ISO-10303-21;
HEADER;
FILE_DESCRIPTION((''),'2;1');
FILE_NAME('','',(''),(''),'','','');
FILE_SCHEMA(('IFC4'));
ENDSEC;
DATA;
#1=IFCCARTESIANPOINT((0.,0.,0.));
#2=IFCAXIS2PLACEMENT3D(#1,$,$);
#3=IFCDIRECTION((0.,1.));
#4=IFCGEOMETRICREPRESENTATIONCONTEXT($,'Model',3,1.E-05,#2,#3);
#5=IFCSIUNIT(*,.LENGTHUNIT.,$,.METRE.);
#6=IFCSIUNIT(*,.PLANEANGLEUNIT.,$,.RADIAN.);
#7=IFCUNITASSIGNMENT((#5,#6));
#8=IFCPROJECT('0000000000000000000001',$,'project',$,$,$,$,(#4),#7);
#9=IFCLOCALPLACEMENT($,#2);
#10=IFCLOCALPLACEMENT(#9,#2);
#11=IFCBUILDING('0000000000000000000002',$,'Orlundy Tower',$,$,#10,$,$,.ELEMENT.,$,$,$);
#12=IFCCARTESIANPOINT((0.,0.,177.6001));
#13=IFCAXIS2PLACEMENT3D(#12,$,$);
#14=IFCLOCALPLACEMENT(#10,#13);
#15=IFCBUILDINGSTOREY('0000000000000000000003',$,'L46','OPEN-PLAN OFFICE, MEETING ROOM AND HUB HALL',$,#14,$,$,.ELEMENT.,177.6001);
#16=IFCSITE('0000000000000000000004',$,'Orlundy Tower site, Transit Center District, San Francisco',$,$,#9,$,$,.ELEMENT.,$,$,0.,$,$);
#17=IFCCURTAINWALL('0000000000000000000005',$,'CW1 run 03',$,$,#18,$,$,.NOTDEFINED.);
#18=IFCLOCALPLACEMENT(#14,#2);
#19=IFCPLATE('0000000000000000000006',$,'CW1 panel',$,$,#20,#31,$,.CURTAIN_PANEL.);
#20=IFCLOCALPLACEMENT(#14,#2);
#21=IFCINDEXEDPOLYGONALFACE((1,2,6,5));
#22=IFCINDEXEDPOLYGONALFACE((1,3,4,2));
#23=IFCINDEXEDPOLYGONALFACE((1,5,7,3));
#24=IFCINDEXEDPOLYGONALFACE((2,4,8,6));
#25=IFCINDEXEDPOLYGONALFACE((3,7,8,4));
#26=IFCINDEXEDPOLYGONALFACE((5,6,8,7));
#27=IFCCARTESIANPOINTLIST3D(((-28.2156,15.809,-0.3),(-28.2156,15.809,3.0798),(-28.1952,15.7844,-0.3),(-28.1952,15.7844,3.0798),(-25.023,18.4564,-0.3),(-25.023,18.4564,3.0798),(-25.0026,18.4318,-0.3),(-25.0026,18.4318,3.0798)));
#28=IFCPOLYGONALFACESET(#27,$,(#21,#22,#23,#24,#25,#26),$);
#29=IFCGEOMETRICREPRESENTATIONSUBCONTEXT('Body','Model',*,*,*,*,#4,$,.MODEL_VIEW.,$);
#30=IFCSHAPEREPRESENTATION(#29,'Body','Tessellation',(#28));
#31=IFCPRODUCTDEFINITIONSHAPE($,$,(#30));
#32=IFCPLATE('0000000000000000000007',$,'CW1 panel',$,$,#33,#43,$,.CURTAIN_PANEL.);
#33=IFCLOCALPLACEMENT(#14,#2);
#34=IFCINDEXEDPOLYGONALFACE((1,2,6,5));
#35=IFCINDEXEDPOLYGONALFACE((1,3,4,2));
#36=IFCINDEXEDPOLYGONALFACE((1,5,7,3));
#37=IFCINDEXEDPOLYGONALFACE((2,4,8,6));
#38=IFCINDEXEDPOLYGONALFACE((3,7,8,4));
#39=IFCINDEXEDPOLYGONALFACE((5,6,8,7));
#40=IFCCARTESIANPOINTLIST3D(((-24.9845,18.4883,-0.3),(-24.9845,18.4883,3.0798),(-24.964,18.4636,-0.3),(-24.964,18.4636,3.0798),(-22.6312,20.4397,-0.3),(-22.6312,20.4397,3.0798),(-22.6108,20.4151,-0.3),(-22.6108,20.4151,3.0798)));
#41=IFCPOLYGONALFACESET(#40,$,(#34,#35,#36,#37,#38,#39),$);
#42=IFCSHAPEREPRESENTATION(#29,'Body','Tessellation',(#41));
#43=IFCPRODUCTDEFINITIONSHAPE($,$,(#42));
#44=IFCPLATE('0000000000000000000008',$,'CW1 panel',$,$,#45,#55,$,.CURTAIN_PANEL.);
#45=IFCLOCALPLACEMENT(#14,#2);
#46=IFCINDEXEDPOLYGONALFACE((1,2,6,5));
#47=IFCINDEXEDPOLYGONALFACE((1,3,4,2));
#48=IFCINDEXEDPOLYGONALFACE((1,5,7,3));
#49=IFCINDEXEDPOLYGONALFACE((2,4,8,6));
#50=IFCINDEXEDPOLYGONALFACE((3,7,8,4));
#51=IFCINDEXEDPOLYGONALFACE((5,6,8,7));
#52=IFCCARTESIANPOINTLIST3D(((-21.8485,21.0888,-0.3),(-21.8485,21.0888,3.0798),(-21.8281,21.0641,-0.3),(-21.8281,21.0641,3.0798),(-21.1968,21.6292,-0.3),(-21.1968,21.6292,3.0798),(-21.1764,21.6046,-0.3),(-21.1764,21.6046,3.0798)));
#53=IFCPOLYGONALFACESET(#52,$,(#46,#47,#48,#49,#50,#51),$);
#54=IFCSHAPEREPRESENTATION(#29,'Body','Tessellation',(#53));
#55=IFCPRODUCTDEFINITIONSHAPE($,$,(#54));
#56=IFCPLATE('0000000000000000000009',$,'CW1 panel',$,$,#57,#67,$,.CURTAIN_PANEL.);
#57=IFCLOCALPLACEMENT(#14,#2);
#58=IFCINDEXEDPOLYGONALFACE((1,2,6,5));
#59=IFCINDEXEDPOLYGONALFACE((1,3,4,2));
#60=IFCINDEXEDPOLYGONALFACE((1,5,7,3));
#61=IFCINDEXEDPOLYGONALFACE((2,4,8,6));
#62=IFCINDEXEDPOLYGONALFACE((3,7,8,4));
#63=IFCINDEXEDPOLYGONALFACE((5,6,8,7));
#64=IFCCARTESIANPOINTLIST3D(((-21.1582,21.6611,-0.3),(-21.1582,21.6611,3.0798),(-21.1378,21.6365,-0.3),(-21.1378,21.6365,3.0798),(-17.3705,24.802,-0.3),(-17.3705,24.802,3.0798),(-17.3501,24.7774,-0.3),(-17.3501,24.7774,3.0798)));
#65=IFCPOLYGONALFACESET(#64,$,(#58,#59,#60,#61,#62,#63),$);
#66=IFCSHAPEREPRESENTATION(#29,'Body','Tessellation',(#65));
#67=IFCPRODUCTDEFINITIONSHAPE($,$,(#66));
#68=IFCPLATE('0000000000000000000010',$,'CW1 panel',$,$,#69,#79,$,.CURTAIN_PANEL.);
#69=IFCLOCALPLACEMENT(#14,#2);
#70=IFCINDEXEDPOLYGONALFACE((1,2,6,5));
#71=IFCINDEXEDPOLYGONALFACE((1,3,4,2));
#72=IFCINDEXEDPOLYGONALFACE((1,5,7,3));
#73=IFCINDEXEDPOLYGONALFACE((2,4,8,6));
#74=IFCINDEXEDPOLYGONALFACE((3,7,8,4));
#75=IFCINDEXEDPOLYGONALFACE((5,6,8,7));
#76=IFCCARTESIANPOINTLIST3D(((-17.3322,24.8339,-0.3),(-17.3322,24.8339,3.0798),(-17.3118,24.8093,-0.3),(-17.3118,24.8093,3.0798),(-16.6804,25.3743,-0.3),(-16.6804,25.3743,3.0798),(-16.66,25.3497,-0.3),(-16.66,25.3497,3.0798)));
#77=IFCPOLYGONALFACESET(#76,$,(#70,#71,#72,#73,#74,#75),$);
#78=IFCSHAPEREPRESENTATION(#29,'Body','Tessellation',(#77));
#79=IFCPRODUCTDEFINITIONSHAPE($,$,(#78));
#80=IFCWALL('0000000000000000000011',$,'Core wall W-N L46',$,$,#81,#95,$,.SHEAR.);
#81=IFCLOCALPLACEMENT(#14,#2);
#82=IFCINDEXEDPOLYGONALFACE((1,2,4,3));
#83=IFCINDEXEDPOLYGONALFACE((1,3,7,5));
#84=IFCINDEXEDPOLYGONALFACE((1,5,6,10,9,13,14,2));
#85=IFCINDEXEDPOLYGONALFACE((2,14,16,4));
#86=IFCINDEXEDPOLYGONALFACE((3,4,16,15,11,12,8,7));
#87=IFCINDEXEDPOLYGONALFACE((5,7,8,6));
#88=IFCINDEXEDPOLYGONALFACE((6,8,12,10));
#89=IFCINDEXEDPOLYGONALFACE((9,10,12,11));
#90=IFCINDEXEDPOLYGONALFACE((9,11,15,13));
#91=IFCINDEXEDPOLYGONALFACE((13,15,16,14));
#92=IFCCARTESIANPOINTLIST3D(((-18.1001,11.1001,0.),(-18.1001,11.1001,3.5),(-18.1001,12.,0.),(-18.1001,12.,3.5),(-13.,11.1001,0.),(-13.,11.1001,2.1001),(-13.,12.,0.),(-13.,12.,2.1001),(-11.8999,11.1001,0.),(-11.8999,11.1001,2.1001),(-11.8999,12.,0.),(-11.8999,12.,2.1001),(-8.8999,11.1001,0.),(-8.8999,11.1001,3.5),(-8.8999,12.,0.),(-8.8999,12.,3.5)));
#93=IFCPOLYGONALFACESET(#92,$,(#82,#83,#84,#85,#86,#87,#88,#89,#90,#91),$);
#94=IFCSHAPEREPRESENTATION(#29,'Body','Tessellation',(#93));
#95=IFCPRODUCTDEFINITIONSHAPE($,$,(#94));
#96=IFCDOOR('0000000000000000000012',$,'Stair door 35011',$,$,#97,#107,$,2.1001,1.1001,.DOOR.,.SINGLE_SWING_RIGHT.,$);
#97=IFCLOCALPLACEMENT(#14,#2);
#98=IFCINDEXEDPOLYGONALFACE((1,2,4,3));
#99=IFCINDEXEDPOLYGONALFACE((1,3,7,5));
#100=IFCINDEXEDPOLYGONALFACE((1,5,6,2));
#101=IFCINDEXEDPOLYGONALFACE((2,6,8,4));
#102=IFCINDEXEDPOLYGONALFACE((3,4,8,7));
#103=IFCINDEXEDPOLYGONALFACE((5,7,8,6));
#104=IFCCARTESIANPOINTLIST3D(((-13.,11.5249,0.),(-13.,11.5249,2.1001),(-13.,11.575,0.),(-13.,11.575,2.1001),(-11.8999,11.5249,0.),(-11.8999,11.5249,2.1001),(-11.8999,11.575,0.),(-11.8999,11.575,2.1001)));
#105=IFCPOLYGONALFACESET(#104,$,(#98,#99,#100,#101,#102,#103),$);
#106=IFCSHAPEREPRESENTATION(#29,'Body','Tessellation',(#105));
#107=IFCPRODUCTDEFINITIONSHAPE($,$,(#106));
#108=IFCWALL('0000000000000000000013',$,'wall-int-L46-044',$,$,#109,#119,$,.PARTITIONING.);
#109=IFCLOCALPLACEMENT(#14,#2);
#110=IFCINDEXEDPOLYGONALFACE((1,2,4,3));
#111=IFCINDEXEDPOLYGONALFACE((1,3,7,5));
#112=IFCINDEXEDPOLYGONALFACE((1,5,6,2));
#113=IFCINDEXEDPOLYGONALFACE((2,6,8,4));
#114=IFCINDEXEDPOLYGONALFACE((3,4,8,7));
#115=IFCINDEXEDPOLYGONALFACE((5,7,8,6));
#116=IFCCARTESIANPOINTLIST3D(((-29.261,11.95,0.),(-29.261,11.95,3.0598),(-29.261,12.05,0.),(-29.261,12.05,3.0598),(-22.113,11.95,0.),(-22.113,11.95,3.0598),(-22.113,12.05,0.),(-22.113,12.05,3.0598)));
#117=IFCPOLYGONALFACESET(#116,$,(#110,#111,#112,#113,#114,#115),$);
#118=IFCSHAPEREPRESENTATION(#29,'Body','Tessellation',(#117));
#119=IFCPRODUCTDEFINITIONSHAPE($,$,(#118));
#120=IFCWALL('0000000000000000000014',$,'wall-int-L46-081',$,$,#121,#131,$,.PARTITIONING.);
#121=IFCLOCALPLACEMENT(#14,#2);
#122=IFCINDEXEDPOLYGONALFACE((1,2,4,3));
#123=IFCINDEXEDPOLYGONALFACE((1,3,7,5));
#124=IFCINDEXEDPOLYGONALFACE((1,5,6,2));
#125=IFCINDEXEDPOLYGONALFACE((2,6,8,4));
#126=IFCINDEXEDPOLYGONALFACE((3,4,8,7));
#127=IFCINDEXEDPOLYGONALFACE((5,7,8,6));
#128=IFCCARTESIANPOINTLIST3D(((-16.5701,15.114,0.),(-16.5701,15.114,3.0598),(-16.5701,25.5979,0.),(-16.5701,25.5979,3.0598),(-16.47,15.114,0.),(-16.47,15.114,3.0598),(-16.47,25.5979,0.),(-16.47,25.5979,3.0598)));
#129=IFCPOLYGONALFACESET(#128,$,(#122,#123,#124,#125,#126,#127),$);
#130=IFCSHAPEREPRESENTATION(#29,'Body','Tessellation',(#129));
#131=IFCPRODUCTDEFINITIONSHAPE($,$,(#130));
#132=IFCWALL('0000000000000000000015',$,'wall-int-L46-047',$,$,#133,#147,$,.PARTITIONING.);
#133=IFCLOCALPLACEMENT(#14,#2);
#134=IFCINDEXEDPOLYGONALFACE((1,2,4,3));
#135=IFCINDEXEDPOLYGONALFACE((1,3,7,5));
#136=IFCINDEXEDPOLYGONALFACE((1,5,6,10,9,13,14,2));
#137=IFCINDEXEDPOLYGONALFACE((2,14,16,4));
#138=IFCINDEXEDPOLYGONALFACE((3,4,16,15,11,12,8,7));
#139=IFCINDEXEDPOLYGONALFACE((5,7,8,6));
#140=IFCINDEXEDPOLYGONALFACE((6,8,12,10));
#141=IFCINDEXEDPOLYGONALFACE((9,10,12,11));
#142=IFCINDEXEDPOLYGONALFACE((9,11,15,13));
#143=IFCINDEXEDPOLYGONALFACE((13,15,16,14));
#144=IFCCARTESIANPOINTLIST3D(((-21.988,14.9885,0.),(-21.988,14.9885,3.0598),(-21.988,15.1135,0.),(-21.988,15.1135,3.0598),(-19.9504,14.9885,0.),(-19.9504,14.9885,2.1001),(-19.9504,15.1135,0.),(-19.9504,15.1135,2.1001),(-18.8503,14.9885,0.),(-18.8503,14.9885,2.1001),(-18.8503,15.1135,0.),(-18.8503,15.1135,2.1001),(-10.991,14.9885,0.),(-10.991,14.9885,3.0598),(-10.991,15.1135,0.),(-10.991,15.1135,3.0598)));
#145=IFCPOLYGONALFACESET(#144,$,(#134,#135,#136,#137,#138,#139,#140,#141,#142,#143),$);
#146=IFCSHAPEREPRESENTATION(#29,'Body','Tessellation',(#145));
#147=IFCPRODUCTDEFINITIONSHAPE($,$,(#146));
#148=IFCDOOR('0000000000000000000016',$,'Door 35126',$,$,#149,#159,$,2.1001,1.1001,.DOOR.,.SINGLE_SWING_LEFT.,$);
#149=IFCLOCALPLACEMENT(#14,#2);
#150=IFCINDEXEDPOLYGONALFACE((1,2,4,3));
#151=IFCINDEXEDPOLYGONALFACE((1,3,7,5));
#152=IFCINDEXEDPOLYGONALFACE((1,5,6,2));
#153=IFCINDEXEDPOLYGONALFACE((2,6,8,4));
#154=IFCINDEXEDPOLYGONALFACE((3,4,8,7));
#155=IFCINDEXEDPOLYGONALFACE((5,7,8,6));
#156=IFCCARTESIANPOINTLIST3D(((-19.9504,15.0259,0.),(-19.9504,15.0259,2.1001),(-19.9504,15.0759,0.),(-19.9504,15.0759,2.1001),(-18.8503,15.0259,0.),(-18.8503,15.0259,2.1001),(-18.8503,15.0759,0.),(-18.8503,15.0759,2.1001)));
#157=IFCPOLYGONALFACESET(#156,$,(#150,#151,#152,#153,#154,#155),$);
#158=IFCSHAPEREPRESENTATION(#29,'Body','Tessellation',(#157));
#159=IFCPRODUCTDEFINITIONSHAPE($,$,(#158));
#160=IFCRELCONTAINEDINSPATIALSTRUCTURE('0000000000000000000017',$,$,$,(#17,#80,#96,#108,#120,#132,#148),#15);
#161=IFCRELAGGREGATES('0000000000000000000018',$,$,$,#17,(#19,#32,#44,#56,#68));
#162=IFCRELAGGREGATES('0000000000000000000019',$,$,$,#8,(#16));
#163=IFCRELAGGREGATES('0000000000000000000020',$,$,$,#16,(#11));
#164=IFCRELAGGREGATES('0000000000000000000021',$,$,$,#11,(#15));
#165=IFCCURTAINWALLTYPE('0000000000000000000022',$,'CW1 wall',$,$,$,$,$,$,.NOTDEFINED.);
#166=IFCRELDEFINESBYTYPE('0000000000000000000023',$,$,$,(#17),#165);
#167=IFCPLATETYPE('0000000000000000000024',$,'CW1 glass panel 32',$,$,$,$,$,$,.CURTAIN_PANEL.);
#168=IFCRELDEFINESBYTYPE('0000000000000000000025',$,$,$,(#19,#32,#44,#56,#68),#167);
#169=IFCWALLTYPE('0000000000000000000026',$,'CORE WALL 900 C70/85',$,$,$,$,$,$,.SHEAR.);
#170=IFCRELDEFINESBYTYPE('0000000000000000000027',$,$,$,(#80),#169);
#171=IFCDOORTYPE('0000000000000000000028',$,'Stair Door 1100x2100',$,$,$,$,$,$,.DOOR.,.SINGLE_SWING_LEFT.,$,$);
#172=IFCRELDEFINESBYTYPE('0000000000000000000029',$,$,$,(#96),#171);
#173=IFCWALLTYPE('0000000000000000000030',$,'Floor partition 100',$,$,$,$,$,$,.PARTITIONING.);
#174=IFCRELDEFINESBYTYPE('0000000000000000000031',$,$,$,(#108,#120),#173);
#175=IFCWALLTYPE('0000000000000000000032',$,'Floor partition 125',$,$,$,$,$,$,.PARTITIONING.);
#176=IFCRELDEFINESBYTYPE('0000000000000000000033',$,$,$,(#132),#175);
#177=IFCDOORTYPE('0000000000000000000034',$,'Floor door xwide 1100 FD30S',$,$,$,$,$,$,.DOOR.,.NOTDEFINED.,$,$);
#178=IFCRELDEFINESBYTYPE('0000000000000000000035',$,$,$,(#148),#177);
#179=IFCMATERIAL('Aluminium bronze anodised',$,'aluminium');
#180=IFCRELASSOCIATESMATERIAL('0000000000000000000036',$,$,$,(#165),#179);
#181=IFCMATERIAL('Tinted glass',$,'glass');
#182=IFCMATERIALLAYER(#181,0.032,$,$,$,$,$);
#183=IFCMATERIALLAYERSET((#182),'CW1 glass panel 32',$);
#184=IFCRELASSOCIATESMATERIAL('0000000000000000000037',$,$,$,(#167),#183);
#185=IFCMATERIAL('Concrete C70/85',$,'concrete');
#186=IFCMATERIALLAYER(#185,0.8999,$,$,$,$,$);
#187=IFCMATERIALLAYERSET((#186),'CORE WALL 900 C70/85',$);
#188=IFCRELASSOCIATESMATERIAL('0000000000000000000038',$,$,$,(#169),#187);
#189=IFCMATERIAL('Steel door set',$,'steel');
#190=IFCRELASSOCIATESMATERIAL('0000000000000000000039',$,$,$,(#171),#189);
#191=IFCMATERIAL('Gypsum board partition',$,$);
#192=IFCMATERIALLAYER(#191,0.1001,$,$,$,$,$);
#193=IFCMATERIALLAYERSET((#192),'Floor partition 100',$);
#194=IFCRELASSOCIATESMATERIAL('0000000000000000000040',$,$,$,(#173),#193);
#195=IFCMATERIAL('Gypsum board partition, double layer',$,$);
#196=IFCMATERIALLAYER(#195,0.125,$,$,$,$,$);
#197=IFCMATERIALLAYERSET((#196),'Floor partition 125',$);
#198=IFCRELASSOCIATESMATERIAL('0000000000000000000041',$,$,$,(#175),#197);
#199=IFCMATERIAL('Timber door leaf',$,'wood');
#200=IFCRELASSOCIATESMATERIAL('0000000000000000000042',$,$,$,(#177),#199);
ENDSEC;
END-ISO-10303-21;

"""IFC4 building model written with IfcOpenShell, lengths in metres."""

from ifc_helpers import new_model, si_unit, direction, frame, frame_2d, origin, origin_2d, place, context, subcontext, project, spatial, rectangle, extrude, material, layer, layer_set, type_object, element, fill, aggregate, save


model = new_model("IFC4")

# Units and contexts
model_context = context("Model", 3, precision=1e-05, world=origin(), true_north=direction((0.0, 1.0)))
body_context = subcontext(model_context, "Body", "Model", "MODEL_VIEW")
ifc_project = project(units=[si_unit("LENGTHUNIT", "METRE"), si_unit("PLANEANGLEUNIT", "RADIAN")], contexts=[model_context])

# Site, building, storey
site_placement = place(None, origin())
site = spatial("IfcSite", under=ifc_project, at=site_placement, Name="Orlundy Tower site, Transit Center District, San Francisco", CompositionType="ELEMENT", RefElevation=0.0)
building_placement = place(site_placement, origin())
building = spatial("IfcBuilding", under=site, at=building_placement, Name="Orlundy Tower", CompositionType="ELEMENT")
storey_placement = place(building_placement, frame((0.0, 0.0, 177.6001)))
storey = spatial("IfcBuildingStorey", under=building, at=storey_placement, Name="L46", Description="OPEN-PLAN OFFICE, MEETING ROOM AND HUB HALL", CompositionType="ELEMENT", Elevation=177.6001)

# Curtain wall
ifc_material_1 = material(Name="Aluminium bronze anodised", Category="aluminium")
curtain_wall_type = type_object("IfcCurtainWallType", Name="CW1 wall", PredefinedType="NOTDEFINED", material=ifc_material_1)
curtain_wall_1_placement = place(storey_placement, origin())
curtain_wall_1 = element("IfcCurtainWall", 1, at=curtain_wall_1_placement, inside=storey, type_object=curtain_wall_type, Name="CW1 run 03", PredefinedType="NOTDEFINED")

# Plates
ifc_material_2 = material(Name="Tinted glass", Category="glass")
ifc_layer_1 = layer(ifc_material_2, 0.032)
ifc_layer_set_1 = layer_set([ifc_layer_1], Name="CW1 glass panel 32")
plate_type = type_object("IfcPlateType", Name="CW1 glass panel 32", PredefinedType="CURTAIN_PANEL", material=ifc_layer_set_1)
plate_1_placement = place(storey_placement, frame((-26.6091, 17.1204, -0.3), z_axis=(0.0, 0.0, 1.0), x_axis=(0.769772, 0.638318, 0.0)))
plate_1 = element("IfcPlate", 2, at=plate_1_placement, type_object=plate_type, Name="CW1 panel", PredefinedType="CURTAIN_PANEL", context=body_context, shape_type="SweptSolid", body=[
    extrude(rectangle(XDim=4.1475, YDim=0.032, at=origin_2d()), origin(), (0.0, 0.0, 1.0), 3.3799),
])
plate_2_placement = place(storey_placement, frame((-23.7976, 19.4517, -0.3), z_axis=(0.0, 0.0, 1.0), x_axis=(0.769772, 0.638318, 0.0)))
plate_2 = element("IfcPlate", 3, at=plate_2_placement, type_object=plate_type, Name="CW1 panel", PredefinedType="CURTAIN_PANEL", context=body_context, shape_type="SweptSolid", body=[
    extrude(rectangle(XDim=3.0571, YDim=0.032, at=origin_2d()), origin(), (0.0, 0.0, 1.0), 3.3799),
])
plate_3_placement = place(storey_placement, frame((-21.5125, 21.3467, -0.3), z_axis=(0.0, 0.0, 1.0), x_axis=(0.769772, 0.638318, 0.0)))
plate_3 = element("IfcPlate", 4, at=plate_3_placement, type_object=plate_type, Name="CW1 panel", PredefinedType="CURTAIN_PANEL", context=body_context, shape_type="SweptSolid", body=[
    extrude(rectangle(XDim=0.8467, YDim=0.032, at=origin_2d()), origin(), (0.0, 0.0, 1.0), 3.3799),
])
plate_4_placement = place(storey_placement, frame((-19.2542, 23.2192, -0.3), z_axis=(0.0, 0.0, 1.0), x_axis=(0.769772, 0.638318, 0.0)))
plate_4 = element("IfcPlate", 5, at=plate_4_placement, type_object=plate_type, Name="CW1 panel", PredefinedType="CURTAIN_PANEL", context=body_context, shape_type="SweptSolid", body=[
    extrude(rectangle(XDim=4.9207, YDim=0.032, at=origin_2d()), origin(), (0.0, 0.0, 1.0), 3.3799),
])
plate_5_placement = place(storey_placement, frame((-16.9961, 25.0918, -0.3), z_axis=(0.0, 0.0, 1.0), x_axis=(0.769772, 0.638318, 0.0)))
plate_5 = element("IfcPlate", 6, at=plate_5_placement, type_object=plate_type, Name="CW1 panel", PredefinedType="CURTAIN_PANEL", context=body_context, shape_type="SweptSolid", body=[
    extrude(rectangle(XDim=0.8467, YDim=0.032, at=origin_2d()), origin(), (0.0, 0.0, 1.0), 3.3799),
])
aggregate(curtain_wall_1, [plate_1, plate_2, plate_3, plate_4, plate_5])

# Wall, opening, door
ifc_material_3 = material(Name="Concrete C70/85", Category="concrete")
ifc_layer_2 = layer(ifc_material_3, 0.8999)
ifc_layer_set_2 = layer_set([ifc_layer_2], Name="CORE WALL 900 C70/85")
wall_type_1 = type_object("IfcWallType", Name="CORE WALL 900 C70/85", PredefinedType="SHEAR", material=ifc_layer_set_2)
wall_1_placement = place(storey_placement, frame((-18.1001, 11.55, 0.0), z_axis=(0.0, 0.0, 1.0), x_axis=(1.0, 0.0, 0.0)))
wall_1 = element("IfcWall", 7, at=wall_1_placement, inside=storey, type_object=wall_type_1, Name="Core wall W-N L46", PredefinedType="SHEAR", context=body_context, shape_type="SweptSolid", body=[
    extrude(rectangle(XDim=9.2002, YDim=0.8999, at=frame_2d((4.6001, 0.0))), origin(), (0.0, 0.0, 1.0), 3.5),
])
opening_1_placement = place(wall_1_placement, frame((5.1001, 0.0, 0.0)))
opening_1 = element("IfcOpeningElement", 8, at=opening_1_placement, cuts=wall_1, PredefinedType="OPENING", context=body_context, shape_type="SweptSolid", body=[
    extrude(rectangle(XDim=1.1001, YDim=2.1001, at=frame_2d((0.55, 1.05))), frame((0.0, 0.46, 0.0), z_axis=(0.0, -1.0, 0.0), x_axis=(1.0, 0.0, 0.0)), (0.0, 0.0, 1.0), 0.9199),
])
ifc_material_4 = material(Name="Steel door set", Category="steel")
door_type_1 = type_object("IfcDoorType", Name="Stair Door 1100x2100", OperationType="SINGLE_SWING_LEFT", PredefinedType="DOOR", material=ifc_material_4)
door_1_placement = place(opening_1_placement, origin())
door_1 = element("IfcDoor", 9, at=door_1_placement, inside=storey, type_object=door_type_1, Name="Stair door 35011", OperationType="SINGLE_SWING_RIGHT", OverallHeight=2.1001, OverallWidth=1.1001, PredefinedType="DOOR", context=body_context, shape_type="SweptSolid", body=[
    extrude(rectangle(XDim=1.1001, YDim=2.1001, at=frame_2d((0.55, 1.05))), frame((0.0, 0.0249, 0.0), z_axis=(0.0, -1.0, 0.0), x_axis=(1.0, 0.0, 0.0)), (0.0, 0.0, 1.0), 0.05),
])
fill(opening_1, door_1)

# Walls
ifc_material_5 = material(Name="Gypsum board partition")
ifc_layer_3 = layer(ifc_material_5, 0.1001)
ifc_layer_set_3 = layer_set([ifc_layer_3], Name="Floor partition 100")
wall_type_2 = type_object("IfcWallType", Name="Floor partition 100", PredefinedType="PARTITIONING", material=ifc_layer_set_3)
wall_2_placement = place(storey_placement, frame((-29.261, 12.0, 0.0), z_axis=(0.0, 0.0, 1.0), x_axis=(1.0, 0.0, 0.0)))
element("IfcWall", 10, at=wall_2_placement, inside=storey, type_object=wall_type_2, Name="wall-int-L46-044", PredefinedType="PARTITIONING", context=body_context, shape_type="SweptSolid", body=[
    extrude(rectangle(XDim=7.1479, YDim=0.1001, at=frame_2d((3.574, 0.0))), origin(), (0.0, 0.0, 1.0), 3.0598),
])
wall_3_placement = place(storey_placement, frame((-16.52, 15.114, 0.0), z_axis=(0.0, 0.0, 1.0), x_axis=(0.0, 1.0, 0.0)))
element("IfcWall", 11, at=wall_3_placement, inside=storey, type_object=wall_type_2, Name="wall-int-L46-081", PredefinedType="PARTITIONING", context=body_context, shape_type="SweptSolid", body=[
    extrude(rectangle(XDim=10.4839, YDim=0.1001, at=frame_2d((5.2419, 0.0))), origin(), (0.0, 0.0, 1.0), 3.0598),
])

# Wall, opening, door
ifc_material_6 = material(Name="Gypsum board partition, double layer")
ifc_layer_4 = layer(ifc_material_6, 0.125)
ifc_layer_set_4 = layer_set([ifc_layer_4], Name="Floor partition 125")
wall_type_3 = type_object("IfcWallType", Name="Floor partition 125", PredefinedType="PARTITIONING", material=ifc_layer_set_4)
wall_4_placement = place(storey_placement, frame((-21.988, 15.051, 0.0), z_axis=(0.0, 0.0, 1.0), x_axis=(1.0, 0.0, 0.0)))
wall_4 = element("IfcWall", 12, at=wall_4_placement, inside=storey, type_object=wall_type_3, Name="wall-int-L46-047", PredefinedType="PARTITIONING", context=body_context, shape_type="SweptSolid", body=[
    extrude(rectangle(XDim=10.9971, YDim=0.125, at=frame_2d((5.4985, 0.0))), origin(), (0.0, 0.0, 1.0), 3.0598),
])
opening_2_placement = place(wall_4_placement, frame((2.0376, 0.0, 0.0)))
opening_2 = element("IfcOpeningElement", 13, at=opening_2_placement, cuts=wall_4, PredefinedType="OPENING", context=body_context, shape_type="SweptSolid", body=[
    extrude(rectangle(XDim=1.1001, YDim=2.1001, at=frame_2d((0.55, 1.05))), frame((0.0, 0.0725, 0.0), z_axis=(0.0, -1.0, 0.0), x_axis=(1.0, 0.0, 0.0)), (0.0, 0.0, 1.0), 0.145),
])
ifc_material_7 = material(Name="Timber door leaf", Category="wood")
door_type_2 = type_object("IfcDoorType", Name="Floor door xwide 1100 FD30S", OperationType="NOTDEFINED", PredefinedType="DOOR", material=ifc_material_7)
door_2_placement = place(opening_2_placement, origin())
door_2 = element("IfcDoor", 14, at=door_2_placement, inside=storey, type_object=door_type_2, Name="Door 35126", OperationType="SINGLE_SWING_LEFT", OverallHeight=2.1001, OverallWidth=1.1001, PredefinedType="DOOR", context=body_context, shape_type="SweptSolid", body=[
    extrude(rectangle(XDim=1.1001, YDim=2.1001, at=frame_2d((0.55, 1.05))), frame((0.0, 0.0249, 0.0), z_axis=(0.0, -1.0, 0.0), x_axis=(1.0, 0.0, 0.0)), (0.0, 0.0, 1.0), 0.05),
])
fill(opening_2, door_2)

save(model, "model.ifc")
